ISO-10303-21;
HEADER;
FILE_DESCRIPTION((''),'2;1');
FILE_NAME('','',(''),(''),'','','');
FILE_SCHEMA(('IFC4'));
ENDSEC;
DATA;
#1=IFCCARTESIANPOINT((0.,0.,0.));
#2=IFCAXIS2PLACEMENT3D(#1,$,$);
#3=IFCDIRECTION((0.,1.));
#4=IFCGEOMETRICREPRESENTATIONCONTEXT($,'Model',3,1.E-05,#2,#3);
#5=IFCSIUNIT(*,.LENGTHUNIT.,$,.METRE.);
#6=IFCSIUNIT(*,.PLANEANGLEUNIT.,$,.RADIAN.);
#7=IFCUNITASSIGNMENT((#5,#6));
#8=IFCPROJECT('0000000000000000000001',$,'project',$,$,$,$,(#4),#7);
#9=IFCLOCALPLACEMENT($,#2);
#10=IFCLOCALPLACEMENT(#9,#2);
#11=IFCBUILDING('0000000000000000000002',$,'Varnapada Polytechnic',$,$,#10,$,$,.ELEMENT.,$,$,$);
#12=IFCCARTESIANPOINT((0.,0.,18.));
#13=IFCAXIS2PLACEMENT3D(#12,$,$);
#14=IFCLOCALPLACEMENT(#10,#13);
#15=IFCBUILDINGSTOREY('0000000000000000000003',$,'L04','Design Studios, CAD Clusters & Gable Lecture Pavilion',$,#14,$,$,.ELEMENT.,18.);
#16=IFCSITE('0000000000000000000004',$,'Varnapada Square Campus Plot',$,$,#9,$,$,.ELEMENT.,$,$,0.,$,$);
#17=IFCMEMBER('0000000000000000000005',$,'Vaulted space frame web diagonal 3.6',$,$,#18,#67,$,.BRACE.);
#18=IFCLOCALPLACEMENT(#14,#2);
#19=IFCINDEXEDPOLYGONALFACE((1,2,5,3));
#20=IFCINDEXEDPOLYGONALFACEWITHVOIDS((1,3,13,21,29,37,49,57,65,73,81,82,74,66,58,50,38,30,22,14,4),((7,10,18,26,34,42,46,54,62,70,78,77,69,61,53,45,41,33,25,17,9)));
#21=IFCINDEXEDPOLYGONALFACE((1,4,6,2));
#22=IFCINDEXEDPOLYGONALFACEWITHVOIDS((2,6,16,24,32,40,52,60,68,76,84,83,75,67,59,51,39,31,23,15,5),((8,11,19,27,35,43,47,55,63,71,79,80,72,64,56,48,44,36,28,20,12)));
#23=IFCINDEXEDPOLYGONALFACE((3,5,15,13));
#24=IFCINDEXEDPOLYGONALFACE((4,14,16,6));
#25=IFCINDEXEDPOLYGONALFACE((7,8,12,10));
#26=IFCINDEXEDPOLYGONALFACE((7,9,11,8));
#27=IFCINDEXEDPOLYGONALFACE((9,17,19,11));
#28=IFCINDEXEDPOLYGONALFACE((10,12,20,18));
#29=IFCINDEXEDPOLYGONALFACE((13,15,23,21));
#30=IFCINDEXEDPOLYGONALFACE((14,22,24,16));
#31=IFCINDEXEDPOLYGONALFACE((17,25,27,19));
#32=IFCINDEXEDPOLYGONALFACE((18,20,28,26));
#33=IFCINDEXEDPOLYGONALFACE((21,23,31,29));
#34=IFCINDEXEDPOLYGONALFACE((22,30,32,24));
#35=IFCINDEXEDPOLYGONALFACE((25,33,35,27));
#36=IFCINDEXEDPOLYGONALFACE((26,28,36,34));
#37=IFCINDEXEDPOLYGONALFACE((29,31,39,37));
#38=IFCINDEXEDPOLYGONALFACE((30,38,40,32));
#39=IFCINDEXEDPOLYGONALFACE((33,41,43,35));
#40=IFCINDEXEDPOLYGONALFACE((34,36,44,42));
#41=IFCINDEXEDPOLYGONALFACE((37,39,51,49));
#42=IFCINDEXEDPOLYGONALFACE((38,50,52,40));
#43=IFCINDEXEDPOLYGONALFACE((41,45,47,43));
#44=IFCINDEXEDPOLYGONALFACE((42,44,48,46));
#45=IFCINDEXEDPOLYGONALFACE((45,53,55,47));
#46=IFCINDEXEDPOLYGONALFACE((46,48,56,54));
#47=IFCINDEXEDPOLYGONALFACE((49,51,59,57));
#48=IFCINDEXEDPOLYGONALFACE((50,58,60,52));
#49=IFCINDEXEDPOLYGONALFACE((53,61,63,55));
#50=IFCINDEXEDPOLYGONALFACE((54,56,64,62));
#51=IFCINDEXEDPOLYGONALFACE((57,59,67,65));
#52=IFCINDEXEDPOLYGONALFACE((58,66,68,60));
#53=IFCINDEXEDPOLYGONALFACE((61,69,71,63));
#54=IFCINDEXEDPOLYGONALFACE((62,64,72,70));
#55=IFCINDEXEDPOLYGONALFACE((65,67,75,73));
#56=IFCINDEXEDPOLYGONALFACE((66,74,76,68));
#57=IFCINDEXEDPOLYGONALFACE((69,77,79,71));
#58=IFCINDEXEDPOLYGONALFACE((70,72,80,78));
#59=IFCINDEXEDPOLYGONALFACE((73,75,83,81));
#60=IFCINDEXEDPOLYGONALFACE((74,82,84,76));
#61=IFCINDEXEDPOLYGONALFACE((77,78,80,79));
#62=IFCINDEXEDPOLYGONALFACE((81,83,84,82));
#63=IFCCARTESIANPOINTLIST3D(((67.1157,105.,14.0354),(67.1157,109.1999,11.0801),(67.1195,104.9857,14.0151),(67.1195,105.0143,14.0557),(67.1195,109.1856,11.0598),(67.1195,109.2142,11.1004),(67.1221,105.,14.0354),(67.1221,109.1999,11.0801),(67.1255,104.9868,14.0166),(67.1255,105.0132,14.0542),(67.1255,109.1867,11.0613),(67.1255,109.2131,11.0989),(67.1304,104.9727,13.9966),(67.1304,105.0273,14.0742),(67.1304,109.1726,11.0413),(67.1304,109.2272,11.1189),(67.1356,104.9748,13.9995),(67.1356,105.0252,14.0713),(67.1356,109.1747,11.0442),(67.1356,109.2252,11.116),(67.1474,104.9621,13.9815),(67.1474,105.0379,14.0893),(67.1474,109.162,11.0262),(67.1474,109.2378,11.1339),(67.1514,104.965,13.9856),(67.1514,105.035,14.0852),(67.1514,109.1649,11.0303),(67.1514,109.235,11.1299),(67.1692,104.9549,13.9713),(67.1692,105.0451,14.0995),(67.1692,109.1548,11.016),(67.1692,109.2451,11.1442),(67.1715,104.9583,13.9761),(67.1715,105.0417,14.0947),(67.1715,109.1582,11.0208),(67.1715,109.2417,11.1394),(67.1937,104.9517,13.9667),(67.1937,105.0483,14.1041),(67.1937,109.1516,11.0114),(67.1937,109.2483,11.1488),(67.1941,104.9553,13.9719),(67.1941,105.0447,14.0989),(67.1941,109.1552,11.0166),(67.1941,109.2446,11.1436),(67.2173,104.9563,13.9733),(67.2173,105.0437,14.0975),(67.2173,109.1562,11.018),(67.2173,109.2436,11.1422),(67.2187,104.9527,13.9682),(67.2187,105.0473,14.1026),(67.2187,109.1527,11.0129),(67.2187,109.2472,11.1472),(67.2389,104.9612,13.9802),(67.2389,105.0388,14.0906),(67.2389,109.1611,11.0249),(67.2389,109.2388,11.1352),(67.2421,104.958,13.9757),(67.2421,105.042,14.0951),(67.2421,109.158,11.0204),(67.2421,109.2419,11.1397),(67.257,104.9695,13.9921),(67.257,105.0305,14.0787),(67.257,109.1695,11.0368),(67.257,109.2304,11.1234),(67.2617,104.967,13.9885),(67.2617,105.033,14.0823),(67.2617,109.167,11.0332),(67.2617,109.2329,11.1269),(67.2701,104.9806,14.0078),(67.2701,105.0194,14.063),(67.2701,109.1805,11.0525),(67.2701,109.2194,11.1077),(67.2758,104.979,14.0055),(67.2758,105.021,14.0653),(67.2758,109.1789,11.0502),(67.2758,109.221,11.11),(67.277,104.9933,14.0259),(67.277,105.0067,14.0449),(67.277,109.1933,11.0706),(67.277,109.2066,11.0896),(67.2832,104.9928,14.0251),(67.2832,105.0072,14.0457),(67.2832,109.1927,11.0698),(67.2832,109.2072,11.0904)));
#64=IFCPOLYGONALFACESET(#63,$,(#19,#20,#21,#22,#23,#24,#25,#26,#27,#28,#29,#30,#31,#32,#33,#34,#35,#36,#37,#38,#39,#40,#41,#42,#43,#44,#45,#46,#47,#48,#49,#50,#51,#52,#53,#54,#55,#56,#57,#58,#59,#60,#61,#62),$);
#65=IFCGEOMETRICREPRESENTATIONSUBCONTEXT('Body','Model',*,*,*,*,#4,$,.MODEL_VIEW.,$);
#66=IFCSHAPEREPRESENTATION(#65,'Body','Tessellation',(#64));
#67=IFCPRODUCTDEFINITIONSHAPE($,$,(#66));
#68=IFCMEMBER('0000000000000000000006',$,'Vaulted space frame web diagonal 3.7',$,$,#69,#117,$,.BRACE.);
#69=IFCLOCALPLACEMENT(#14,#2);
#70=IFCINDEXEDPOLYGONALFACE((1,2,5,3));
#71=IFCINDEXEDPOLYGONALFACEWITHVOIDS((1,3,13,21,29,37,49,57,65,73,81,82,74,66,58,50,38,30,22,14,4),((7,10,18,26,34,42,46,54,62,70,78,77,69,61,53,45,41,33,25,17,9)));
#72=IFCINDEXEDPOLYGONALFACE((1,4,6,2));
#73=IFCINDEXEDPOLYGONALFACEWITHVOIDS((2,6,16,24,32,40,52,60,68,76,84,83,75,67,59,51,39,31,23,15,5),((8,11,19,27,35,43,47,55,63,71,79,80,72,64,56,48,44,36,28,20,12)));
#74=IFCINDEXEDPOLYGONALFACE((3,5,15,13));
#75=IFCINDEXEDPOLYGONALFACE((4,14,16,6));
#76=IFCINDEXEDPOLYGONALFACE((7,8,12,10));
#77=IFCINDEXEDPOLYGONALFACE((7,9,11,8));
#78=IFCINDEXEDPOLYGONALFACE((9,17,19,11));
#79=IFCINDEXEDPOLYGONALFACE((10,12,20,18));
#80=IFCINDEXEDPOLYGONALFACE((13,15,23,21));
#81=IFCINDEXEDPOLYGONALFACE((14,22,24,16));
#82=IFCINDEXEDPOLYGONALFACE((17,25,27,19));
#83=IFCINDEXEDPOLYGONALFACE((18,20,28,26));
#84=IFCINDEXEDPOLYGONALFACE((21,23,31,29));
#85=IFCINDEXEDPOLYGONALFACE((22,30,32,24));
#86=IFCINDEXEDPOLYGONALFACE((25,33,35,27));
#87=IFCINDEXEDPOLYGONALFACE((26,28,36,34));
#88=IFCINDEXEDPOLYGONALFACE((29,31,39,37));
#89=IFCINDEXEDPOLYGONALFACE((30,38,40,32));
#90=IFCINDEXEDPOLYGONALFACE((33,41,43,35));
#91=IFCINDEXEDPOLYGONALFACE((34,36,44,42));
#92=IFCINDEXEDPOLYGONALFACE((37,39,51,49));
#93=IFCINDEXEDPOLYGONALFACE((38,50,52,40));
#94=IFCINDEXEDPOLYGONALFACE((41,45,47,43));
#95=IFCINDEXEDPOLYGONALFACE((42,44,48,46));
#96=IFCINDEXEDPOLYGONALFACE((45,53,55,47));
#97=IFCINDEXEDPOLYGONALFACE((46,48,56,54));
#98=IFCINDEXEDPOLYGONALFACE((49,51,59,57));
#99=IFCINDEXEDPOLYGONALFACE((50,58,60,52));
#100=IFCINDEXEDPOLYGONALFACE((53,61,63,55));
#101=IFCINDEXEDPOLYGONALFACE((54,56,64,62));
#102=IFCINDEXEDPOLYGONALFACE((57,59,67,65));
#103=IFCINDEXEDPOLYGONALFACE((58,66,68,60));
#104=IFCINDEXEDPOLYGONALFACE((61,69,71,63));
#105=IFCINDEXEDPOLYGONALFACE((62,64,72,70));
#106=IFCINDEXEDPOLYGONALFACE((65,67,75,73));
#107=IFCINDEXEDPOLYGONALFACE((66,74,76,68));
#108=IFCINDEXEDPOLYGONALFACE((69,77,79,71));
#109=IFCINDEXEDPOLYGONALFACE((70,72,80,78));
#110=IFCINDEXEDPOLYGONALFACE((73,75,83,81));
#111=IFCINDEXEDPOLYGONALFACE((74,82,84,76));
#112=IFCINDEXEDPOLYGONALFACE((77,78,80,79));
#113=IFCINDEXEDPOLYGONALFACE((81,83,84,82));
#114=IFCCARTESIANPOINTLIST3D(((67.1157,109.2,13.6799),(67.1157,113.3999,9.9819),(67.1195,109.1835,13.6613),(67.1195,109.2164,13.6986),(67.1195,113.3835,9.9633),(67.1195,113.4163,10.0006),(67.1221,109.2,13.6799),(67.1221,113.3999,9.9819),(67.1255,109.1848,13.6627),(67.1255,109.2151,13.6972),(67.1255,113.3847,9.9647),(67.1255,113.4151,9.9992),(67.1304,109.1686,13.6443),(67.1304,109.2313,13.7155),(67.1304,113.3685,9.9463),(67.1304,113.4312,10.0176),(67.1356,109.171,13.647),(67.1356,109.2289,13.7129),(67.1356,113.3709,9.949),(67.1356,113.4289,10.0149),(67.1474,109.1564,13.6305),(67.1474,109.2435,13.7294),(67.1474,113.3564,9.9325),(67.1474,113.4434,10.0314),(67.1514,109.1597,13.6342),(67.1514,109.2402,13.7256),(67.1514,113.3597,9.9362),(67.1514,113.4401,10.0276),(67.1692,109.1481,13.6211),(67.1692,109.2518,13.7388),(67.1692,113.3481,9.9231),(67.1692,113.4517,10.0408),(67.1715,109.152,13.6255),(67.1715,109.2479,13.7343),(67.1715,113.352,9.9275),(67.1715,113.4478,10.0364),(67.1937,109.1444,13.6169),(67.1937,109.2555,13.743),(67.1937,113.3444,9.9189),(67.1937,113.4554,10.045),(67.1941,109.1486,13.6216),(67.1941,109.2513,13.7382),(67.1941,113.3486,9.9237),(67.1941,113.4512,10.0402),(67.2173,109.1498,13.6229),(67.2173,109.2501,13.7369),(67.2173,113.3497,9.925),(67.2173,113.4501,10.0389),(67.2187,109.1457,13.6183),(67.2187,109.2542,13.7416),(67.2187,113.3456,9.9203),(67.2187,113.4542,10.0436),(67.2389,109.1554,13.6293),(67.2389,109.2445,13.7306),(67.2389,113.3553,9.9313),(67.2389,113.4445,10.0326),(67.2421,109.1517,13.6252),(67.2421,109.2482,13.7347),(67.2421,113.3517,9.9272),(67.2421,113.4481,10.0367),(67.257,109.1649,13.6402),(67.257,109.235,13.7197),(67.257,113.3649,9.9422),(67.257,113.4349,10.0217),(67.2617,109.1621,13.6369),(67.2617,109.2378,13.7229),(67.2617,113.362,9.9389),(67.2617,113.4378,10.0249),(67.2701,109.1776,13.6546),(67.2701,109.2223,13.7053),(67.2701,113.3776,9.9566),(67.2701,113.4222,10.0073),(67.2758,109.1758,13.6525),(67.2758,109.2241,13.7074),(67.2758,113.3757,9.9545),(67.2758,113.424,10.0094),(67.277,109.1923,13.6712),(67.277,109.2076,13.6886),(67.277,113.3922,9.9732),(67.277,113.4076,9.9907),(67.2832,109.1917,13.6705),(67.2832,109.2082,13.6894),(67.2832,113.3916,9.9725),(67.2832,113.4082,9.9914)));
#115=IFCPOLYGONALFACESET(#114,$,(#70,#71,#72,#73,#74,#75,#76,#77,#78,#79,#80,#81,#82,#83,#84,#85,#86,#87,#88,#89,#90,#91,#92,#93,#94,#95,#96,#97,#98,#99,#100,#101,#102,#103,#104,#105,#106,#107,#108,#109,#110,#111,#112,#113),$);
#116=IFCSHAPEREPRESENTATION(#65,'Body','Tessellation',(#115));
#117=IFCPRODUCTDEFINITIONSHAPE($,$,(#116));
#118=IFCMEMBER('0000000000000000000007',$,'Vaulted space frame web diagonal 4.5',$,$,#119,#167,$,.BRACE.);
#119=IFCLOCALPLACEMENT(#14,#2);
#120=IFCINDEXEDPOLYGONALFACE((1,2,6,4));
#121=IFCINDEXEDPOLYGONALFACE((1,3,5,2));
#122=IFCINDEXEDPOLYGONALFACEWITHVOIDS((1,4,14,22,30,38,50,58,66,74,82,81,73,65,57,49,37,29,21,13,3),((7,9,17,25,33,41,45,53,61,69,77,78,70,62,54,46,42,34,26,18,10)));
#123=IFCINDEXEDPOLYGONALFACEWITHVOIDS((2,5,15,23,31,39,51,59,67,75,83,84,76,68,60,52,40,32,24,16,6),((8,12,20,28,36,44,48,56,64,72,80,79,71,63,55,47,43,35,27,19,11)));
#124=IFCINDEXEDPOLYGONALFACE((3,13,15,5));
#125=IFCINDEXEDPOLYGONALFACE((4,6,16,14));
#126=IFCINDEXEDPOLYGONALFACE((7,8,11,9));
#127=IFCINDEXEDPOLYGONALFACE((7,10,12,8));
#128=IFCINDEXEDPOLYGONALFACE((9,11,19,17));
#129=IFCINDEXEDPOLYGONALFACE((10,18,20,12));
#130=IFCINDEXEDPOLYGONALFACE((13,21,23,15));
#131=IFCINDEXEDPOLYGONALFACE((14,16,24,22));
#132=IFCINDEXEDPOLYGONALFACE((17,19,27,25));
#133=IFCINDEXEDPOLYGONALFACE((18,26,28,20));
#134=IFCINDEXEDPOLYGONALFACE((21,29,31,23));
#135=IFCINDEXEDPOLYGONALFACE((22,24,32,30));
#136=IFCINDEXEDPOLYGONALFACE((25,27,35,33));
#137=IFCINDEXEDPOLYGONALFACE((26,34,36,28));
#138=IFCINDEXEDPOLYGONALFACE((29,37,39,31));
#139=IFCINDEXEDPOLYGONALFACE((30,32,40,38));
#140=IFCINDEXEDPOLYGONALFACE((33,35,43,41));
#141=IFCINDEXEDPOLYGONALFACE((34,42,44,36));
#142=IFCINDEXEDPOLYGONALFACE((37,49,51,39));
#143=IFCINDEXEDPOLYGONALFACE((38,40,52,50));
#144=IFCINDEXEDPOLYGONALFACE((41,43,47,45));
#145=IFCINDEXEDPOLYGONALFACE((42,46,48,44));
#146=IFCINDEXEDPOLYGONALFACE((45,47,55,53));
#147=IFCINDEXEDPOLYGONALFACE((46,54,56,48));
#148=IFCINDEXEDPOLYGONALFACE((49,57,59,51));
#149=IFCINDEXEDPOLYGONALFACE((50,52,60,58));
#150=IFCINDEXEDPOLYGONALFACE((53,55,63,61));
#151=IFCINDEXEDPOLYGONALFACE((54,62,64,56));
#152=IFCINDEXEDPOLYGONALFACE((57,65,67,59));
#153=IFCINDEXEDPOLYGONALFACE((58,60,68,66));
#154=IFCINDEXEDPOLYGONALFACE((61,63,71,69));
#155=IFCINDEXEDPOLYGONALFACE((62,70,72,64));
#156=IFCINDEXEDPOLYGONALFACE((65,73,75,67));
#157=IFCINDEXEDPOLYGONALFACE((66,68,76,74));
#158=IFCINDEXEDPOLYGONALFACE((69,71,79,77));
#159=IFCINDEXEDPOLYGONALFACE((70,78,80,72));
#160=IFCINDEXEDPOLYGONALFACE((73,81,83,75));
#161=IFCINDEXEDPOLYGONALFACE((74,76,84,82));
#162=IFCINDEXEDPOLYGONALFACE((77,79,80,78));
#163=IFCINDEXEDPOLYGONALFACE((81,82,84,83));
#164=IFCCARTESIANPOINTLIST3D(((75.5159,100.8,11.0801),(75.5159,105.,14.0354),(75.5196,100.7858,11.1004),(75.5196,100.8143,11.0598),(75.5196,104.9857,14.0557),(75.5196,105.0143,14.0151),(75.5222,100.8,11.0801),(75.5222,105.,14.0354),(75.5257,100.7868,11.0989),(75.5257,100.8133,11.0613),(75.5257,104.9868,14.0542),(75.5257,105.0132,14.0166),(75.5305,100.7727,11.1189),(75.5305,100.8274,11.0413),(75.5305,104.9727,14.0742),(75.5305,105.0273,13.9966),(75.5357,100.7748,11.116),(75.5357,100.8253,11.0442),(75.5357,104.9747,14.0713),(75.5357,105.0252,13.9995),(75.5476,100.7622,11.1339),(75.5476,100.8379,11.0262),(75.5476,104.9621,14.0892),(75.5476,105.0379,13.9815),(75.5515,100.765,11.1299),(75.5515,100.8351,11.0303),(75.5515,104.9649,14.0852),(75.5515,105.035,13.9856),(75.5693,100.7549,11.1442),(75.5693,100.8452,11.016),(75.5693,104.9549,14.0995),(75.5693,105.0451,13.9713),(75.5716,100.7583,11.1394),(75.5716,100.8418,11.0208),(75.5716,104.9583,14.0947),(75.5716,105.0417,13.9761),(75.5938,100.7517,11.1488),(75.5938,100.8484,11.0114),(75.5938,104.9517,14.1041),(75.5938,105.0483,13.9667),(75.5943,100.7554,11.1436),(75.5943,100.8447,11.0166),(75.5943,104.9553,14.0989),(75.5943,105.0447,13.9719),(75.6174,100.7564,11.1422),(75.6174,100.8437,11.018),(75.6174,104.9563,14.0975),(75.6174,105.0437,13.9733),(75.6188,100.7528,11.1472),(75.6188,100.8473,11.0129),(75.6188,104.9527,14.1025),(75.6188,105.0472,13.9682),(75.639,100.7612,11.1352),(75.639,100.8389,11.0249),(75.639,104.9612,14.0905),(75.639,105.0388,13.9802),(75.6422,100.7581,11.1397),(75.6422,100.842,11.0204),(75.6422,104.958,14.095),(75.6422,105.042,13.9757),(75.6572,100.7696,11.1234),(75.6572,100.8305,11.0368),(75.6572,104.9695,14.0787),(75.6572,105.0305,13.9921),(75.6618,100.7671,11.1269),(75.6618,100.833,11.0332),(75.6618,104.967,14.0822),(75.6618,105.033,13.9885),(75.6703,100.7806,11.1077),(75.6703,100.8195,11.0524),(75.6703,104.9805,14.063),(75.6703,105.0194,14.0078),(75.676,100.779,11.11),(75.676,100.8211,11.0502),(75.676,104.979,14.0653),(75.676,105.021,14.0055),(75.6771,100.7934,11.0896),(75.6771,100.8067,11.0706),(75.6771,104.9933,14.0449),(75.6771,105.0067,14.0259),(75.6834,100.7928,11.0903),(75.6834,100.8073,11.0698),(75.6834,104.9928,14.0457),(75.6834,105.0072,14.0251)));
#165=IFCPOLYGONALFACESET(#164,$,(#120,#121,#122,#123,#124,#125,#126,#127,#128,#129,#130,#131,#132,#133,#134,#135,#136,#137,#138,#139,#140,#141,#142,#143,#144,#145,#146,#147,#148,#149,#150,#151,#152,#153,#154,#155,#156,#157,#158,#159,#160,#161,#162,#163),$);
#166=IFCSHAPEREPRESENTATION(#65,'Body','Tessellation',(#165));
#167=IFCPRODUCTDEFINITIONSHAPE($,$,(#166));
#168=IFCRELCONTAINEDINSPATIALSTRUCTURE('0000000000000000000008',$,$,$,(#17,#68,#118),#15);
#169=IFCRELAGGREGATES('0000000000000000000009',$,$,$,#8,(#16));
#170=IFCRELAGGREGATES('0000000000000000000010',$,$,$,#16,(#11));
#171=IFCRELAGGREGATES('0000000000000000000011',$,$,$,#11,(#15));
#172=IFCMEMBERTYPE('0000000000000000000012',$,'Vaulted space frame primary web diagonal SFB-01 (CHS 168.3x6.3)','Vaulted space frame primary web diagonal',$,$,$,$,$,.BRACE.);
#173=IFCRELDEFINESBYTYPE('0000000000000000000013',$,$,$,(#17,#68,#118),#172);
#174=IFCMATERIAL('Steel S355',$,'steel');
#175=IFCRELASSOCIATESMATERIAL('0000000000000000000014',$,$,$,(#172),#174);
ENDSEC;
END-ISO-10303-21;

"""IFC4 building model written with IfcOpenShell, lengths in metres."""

from ifc_helpers import new_model, si_unit, direction, frame, origin, origin_2d, place, context, subcontext, project, spatial, hollow_circle, extrude, material, material_profile, profile_set, type_object, element, save


model = new_model("IFC4")

# Units and contexts
model_context = context("Model", 3, precision=1e-05, world=origin(), true_north=direction((0.0, 1.0)))
body_context = subcontext(model_context, "Body", "Model", "MODEL_VIEW")
ifc_project = project(units=[si_unit("LENGTHUNIT", "METRE"), si_unit("PLANEANGLEUNIT", "RADIAN")], contexts=[model_context])

# Site, building, storey
site_placement = place(None, origin())
site = spatial("IfcSite", under=ifc_project, at=site_placement, Name="Varnapada Square Campus Plot", CompositionType="ELEMENT", RefElevation=0.0)
building_placement = place(site_placement, origin())
building = spatial("IfcBuilding", under=site, at=building_placement, Name="Varnapada Polytechnic", CompositionType="ELEMENT")
storey_placement = place(building_placement, frame((0.0, 0.0, 18.0)))
storey = spatial("IfcBuildingStorey", under=building, at=storey_placement, Name="L04", Description="Design Studios, CAD Clusters & Gable Lecture Pavilion", CompositionType="ELEMENT", Elevation=18.0)

# Shared definitions
ifc_material = material(Name="Steel S355", Category="steel")

# Members
ifc_material_profile_1 = material_profile(ifc_material, hollow_circle(Radius=0.0842, WallThickness=0.0063, at=origin_2d()), Name="CHS 168.3x6.3")
ifc_profile_set_1 = profile_set([ifc_material_profile_1], Name="Steel S355")
member_type_1 = type_object("IfcMemberType", Name="Vaulted space frame primary web diagonal SFB-01 (CHS 168.3x6.3)", Description="Vaulted space frame primary web diagonal", PredefinedType="BRACE", material=ifc_profile_set_1)
member_1_placement = place(storey_placement, frame((67.2, 105.0, 14.0354), z_axis=(0.0, 0.817825, -0.575467), x_axis=(-1.0, 0.0, 0.0)))
element("IfcMember", 1, at=member_1_placement, inside=storey, type_object=member_type_1, Name="Vaulted space frame web diagonal 3.6", PredefinedType="BRACE", context=body_context, shape_type="SweptSolid", body=[
    extrude(hollow_circle(Radius=0.0842, WallThickness=0.0063, at=origin_2d()), origin(), (0.0, 0.0, 1.0), 5.1355),
])
member_2_placement = place(storey_placement, frame((67.2, 109.2, 13.6799), z_axis=(0.0, 0.750533, -0.660833), x_axis=(-1.0, 0.0, 0.0)))
element("IfcMember", 2, at=member_2_placement, inside=storey, type_object=member_type_1, Name="Vaulted space frame web diagonal 3.7", PredefinedType="BRACE", context=body_context, shape_type="SweptSolid", body=[
    extrude(hollow_circle(Radius=0.0842, WallThickness=0.0063, at=origin_2d()), origin(), (0.0, 0.0, 1.0), 5.5959),
])
for number, where, z_axis, x_axis, name in (
    (3, (75.6001, 100.8, 11.0801), (0.0, 0.817825, 0.575467), (-1.0, 0.0, 0.0), "Vaulted space frame web diagonal 4.5"),
):
    element("IfcMember", number, at=place(storey_placement, frame(where, z_axis=z_axis, x_axis=x_axis)), inside=storey, type_object=member_type_1, Name=name, PredefinedType="BRACE", context=body_context, shape_type="SweptSolid", body=[
        extrude(hollow_circle(Radius=0.0842, WallThickness=0.0063, at=origin_2d()), origin(), (0.0, 0.0, 1.0), 5.1355),
    ])

save(model, "model.ifc")
